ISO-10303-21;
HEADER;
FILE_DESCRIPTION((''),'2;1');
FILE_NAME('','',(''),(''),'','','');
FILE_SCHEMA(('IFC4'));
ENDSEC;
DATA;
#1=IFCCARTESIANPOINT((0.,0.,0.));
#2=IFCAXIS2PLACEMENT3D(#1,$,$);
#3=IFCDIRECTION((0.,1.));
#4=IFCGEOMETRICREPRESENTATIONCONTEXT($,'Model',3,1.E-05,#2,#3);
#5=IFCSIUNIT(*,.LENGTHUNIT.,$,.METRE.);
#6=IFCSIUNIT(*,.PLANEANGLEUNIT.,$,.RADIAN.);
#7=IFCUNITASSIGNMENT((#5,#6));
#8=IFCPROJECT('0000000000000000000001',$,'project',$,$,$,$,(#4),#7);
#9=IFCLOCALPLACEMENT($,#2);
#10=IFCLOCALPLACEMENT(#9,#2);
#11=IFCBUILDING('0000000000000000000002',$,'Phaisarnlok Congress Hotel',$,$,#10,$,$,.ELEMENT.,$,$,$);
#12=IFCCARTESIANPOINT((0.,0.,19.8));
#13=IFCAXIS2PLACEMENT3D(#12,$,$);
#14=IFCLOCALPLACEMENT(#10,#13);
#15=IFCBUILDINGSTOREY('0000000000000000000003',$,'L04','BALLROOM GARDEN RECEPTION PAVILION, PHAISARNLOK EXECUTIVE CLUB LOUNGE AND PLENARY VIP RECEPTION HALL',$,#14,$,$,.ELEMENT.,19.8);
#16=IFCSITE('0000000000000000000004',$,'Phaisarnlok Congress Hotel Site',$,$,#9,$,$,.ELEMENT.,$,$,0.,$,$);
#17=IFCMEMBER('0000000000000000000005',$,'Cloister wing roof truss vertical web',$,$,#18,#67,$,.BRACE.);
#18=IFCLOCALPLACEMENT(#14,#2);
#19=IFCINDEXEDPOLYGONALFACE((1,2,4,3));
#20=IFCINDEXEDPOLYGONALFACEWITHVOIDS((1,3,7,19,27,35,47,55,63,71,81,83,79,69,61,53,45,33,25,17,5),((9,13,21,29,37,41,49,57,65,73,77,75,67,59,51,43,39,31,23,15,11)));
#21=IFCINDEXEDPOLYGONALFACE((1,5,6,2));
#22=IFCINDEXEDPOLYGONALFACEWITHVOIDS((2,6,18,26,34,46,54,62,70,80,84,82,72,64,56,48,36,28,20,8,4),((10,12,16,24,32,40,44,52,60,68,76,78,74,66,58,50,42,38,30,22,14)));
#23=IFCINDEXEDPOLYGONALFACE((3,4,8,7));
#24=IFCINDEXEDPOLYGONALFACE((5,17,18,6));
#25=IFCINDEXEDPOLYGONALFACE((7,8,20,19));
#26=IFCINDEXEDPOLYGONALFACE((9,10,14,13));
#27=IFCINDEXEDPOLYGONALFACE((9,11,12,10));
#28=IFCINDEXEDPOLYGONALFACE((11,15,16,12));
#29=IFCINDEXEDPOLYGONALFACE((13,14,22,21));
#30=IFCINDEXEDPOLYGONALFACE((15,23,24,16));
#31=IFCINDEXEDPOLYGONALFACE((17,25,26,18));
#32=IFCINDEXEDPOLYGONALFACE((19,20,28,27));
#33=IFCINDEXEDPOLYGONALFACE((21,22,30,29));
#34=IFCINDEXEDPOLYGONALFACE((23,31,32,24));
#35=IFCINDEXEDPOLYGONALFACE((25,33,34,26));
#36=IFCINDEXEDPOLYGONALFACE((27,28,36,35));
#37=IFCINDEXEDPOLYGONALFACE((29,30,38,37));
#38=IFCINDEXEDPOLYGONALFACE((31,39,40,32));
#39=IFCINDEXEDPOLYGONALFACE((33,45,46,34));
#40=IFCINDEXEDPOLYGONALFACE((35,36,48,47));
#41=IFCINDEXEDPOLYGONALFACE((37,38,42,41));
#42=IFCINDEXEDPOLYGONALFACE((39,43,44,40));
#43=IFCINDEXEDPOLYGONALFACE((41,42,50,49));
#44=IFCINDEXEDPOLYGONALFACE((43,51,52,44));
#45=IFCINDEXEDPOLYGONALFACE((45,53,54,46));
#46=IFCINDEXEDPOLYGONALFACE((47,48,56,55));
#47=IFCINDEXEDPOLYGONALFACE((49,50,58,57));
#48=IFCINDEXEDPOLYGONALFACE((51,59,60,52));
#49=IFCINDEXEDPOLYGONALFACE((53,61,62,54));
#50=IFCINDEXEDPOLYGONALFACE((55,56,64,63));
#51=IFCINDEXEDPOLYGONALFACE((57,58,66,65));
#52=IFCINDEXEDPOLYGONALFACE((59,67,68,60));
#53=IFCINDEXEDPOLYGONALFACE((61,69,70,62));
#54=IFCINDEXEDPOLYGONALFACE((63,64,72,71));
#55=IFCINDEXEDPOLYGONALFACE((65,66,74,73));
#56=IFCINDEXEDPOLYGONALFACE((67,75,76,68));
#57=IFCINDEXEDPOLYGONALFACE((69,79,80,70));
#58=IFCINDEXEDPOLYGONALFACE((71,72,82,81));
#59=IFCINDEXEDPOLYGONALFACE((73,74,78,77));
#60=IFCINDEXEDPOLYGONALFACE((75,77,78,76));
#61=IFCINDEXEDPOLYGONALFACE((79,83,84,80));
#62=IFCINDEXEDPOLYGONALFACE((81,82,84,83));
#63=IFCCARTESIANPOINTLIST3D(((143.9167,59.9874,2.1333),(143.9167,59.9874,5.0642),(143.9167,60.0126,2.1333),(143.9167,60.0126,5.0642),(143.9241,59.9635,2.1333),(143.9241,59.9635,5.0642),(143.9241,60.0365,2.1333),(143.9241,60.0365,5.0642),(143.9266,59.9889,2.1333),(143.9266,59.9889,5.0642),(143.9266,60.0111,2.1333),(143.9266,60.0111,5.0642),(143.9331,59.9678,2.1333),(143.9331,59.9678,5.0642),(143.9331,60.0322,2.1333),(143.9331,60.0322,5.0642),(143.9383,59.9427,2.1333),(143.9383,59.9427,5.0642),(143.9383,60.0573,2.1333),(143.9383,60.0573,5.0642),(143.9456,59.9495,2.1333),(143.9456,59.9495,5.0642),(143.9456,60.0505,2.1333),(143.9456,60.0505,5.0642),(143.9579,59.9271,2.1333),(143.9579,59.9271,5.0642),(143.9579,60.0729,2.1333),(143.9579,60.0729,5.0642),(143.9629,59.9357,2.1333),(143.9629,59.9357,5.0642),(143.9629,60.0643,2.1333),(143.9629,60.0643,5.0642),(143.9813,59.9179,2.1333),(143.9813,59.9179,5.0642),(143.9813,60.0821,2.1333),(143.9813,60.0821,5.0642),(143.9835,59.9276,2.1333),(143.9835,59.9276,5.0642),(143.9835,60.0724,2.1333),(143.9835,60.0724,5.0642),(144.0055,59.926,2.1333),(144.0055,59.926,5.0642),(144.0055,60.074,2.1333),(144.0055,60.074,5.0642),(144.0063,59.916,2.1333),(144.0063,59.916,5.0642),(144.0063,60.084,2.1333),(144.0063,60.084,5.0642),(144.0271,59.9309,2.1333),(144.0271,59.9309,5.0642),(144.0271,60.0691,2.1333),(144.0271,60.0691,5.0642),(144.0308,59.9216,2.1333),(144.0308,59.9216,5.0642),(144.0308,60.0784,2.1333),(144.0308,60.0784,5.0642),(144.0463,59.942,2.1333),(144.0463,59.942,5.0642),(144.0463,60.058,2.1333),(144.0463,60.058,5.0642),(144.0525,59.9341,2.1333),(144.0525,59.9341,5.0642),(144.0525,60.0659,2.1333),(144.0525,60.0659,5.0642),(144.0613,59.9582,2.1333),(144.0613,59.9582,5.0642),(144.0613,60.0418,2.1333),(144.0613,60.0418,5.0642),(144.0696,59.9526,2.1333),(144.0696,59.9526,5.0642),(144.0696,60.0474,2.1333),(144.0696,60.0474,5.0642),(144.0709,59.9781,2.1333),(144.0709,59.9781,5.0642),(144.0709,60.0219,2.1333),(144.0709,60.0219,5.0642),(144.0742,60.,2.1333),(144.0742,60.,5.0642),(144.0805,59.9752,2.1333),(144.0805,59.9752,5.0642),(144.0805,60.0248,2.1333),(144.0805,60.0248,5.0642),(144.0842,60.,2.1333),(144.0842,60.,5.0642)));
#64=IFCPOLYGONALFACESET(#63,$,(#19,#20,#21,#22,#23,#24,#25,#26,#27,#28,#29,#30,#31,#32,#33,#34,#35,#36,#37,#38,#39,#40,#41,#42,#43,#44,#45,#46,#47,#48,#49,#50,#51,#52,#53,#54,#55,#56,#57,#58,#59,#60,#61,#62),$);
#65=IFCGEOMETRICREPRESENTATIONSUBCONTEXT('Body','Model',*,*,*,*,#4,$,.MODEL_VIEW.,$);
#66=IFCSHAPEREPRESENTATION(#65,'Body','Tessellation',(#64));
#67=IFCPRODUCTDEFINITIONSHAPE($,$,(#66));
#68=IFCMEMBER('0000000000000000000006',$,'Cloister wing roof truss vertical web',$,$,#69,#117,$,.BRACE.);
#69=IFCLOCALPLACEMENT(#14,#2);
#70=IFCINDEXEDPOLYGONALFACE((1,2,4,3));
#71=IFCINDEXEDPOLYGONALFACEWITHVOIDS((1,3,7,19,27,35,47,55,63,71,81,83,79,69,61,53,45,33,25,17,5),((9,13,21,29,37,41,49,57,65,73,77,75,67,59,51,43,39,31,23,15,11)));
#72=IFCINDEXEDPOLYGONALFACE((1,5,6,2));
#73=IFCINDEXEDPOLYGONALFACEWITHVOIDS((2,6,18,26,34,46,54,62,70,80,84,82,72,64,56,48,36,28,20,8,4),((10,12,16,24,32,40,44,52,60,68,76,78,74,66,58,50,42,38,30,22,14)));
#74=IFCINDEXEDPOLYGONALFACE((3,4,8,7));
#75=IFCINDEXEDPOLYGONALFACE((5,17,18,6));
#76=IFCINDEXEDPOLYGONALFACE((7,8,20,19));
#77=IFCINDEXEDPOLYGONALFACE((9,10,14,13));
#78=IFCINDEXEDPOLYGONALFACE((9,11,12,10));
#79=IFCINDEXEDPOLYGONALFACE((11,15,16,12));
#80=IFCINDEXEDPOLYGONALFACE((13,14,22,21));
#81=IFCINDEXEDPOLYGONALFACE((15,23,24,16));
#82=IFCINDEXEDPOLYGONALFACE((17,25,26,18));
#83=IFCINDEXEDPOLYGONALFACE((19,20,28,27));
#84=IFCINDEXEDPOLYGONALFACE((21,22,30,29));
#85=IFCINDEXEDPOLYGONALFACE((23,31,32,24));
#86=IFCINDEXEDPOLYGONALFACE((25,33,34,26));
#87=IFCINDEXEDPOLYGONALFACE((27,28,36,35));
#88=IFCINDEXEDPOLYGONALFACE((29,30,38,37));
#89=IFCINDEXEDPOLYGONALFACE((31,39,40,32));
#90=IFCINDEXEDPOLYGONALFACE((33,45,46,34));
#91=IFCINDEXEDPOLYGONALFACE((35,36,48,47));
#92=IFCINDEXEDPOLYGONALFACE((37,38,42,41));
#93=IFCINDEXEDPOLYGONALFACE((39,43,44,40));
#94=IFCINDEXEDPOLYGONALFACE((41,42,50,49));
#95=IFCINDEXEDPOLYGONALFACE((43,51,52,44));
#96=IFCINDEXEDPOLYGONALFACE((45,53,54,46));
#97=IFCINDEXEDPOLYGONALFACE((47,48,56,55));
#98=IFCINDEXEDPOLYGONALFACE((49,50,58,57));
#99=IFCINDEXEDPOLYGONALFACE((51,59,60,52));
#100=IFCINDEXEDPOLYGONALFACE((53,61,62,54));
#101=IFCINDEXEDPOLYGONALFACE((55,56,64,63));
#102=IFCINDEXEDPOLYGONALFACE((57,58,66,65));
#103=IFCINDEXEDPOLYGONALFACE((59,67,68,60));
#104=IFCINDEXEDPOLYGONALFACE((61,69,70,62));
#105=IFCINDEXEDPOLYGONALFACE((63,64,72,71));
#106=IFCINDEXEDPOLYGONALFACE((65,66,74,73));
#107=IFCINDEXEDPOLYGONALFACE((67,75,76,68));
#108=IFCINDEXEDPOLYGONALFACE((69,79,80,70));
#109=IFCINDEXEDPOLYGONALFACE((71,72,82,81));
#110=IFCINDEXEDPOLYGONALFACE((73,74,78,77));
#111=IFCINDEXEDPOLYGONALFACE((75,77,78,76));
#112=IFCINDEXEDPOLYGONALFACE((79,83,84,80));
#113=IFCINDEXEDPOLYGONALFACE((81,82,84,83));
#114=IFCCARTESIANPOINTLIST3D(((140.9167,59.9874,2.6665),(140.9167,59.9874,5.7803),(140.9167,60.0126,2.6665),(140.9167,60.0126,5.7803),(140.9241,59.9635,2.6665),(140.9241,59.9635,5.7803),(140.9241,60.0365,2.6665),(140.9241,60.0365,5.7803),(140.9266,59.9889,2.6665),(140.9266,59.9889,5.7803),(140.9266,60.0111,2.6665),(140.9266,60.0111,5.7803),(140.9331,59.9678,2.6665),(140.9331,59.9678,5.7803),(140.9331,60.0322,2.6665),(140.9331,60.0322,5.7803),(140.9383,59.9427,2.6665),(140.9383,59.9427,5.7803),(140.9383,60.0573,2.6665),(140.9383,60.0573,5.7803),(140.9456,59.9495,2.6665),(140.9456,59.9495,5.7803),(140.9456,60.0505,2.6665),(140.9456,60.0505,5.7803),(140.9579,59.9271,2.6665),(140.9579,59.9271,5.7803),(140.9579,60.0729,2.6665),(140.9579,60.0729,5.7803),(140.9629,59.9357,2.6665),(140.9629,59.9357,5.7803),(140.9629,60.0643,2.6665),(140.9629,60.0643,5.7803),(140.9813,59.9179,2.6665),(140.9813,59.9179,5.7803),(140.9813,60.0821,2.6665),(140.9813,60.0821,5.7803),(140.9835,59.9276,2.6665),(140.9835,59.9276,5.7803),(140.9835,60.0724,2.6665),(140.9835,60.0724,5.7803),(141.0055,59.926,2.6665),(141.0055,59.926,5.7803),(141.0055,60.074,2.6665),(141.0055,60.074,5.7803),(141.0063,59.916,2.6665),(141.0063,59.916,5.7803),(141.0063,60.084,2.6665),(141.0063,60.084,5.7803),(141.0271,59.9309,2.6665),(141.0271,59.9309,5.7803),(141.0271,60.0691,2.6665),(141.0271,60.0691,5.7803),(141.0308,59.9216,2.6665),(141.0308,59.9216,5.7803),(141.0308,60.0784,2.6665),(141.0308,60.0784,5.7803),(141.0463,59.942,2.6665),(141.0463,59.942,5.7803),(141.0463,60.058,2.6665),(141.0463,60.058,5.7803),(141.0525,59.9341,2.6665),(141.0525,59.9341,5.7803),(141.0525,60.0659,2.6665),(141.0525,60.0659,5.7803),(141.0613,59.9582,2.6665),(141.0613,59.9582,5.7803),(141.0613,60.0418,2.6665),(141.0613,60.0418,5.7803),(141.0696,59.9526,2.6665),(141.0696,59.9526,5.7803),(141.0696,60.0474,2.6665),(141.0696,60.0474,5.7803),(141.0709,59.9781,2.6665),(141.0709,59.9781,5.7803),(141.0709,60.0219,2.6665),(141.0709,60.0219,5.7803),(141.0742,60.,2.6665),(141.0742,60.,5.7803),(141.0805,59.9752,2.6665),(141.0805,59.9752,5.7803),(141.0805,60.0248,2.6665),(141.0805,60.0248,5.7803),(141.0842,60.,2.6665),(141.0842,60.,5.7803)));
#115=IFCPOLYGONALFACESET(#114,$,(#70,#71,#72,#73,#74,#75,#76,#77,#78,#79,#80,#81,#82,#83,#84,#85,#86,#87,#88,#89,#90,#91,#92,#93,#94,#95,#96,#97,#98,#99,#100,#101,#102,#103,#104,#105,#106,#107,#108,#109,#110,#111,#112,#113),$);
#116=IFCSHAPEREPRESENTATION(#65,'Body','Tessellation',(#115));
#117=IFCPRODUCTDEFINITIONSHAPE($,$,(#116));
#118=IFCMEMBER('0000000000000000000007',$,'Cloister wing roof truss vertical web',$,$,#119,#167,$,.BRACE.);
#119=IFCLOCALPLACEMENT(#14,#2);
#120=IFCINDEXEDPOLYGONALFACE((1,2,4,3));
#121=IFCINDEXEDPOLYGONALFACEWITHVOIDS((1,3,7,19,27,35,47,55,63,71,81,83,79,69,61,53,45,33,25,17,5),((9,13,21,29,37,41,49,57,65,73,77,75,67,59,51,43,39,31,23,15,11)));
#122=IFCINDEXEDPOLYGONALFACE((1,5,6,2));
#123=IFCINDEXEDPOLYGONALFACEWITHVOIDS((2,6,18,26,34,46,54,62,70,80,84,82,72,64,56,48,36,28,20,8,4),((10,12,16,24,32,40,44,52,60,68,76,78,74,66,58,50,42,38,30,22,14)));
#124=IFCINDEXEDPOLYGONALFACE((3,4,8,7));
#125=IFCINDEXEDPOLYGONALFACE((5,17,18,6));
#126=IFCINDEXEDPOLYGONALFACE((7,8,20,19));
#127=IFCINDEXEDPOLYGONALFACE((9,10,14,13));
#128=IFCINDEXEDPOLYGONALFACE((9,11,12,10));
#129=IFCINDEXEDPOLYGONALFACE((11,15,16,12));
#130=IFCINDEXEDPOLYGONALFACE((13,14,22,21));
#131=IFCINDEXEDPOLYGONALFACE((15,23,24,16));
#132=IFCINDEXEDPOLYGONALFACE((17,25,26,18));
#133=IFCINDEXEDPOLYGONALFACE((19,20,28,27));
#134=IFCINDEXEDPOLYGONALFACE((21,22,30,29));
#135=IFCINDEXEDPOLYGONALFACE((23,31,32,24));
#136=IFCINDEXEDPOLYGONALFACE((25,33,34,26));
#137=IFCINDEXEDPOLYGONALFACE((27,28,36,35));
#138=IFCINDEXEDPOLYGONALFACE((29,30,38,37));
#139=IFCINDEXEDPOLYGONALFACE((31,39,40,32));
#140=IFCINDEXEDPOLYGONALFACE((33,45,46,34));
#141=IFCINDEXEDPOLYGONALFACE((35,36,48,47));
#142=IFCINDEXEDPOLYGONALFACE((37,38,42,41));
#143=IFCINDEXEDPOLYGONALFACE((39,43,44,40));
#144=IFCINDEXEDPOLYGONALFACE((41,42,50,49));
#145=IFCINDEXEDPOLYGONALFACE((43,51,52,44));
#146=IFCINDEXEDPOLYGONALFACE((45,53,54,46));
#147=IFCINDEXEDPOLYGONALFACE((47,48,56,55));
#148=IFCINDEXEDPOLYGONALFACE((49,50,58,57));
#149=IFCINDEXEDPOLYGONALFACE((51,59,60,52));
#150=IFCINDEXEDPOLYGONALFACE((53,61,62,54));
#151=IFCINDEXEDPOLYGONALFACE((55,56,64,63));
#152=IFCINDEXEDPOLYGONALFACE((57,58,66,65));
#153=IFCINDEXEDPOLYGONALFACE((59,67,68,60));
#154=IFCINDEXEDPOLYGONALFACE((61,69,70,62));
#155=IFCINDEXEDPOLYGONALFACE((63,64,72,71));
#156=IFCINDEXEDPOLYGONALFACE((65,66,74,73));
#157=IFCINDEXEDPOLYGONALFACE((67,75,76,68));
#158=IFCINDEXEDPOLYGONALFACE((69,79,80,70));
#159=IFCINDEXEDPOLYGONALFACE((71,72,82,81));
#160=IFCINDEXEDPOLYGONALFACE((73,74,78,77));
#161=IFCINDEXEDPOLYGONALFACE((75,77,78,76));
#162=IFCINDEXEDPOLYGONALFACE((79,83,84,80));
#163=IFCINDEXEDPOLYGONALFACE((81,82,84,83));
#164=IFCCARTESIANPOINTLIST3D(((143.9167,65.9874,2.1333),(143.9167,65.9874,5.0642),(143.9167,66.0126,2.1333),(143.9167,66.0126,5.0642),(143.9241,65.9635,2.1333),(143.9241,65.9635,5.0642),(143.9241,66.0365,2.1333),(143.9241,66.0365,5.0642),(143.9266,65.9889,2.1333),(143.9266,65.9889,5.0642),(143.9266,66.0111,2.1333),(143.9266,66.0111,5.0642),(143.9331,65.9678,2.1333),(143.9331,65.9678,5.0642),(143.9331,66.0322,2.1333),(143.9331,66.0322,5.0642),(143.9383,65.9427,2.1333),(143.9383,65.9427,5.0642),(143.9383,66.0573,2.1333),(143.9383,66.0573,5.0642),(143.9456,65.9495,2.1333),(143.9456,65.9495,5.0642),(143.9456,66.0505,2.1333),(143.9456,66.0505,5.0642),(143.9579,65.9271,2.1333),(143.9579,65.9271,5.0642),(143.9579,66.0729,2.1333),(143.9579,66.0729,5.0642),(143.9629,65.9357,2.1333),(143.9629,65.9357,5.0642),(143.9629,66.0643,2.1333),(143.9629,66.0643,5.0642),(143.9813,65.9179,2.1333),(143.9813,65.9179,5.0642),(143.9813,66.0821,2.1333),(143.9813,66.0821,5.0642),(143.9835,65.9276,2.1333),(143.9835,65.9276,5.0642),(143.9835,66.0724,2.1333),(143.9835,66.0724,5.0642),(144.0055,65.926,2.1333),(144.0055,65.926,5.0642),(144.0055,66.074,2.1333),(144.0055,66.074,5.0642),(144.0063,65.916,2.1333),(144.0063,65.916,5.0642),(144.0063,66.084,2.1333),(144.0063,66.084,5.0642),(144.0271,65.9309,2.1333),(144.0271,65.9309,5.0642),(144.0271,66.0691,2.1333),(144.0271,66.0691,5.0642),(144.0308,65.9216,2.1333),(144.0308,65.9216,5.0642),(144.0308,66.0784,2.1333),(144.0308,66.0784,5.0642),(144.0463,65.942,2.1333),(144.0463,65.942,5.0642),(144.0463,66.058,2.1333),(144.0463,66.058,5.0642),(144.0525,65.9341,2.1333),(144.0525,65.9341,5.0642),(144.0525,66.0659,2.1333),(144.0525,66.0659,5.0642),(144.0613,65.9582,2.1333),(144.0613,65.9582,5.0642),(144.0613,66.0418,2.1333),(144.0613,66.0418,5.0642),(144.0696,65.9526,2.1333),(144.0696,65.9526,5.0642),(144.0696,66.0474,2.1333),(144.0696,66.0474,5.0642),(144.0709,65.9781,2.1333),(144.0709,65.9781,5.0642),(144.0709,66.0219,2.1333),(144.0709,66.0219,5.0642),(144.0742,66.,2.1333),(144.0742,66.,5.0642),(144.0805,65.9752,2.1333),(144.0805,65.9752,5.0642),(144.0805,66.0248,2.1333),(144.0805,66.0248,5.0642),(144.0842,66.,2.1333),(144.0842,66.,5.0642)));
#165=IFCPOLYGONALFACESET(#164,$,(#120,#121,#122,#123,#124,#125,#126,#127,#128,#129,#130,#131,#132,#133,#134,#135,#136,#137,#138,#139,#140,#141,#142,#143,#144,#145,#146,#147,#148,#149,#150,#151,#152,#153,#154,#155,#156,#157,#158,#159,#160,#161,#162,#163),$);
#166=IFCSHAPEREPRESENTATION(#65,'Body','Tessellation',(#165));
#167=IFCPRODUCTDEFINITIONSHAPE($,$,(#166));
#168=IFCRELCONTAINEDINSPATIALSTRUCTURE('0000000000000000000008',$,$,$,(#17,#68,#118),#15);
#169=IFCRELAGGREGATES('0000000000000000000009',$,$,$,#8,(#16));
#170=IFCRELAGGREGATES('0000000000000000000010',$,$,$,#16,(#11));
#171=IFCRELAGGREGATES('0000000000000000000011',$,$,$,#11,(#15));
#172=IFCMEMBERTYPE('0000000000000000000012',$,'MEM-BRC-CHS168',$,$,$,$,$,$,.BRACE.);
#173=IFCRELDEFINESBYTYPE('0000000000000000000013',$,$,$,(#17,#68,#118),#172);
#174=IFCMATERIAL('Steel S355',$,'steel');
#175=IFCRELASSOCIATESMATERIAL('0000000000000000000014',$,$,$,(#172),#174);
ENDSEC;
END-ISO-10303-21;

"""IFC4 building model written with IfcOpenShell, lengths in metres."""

from ifc_helpers import new_model, si_unit, direction, frame, origin, origin_2d, place, context, subcontext, project, spatial, hollow_circle, extrude, material, material_profile, profile_set, type_object, element, save


model = new_model("IFC4")

# Units and contexts
model_context = context("Model", 3, precision=1e-05, world=origin(), true_north=direction((0.0, 1.0)))
body_context = subcontext(model_context, "Body", "Model", "MODEL_VIEW")
ifc_project = project(units=[si_unit("LENGTHUNIT", "METRE"), si_unit("PLANEANGLEUNIT", "RADIAN")], contexts=[model_context])

# Site, building, storey
site_placement = place(None, origin())
site = spatial("IfcSite", under=ifc_project, at=site_placement, Name="Phaisarnlok Congress Hotel Site", CompositionType="ELEMENT", RefElevation=0.0)
building_placement = place(site_placement, origin())
building = spatial("IfcBuilding", under=site, at=building_placement, Name="Phaisarnlok Congress Hotel", CompositionType="ELEMENT")
storey_placement = place(building_placement, frame((0.0, 0.0, 19.8)))
storey = spatial("IfcBuildingStorey", under=building, at=storey_placement, Name="L04", Description="BALLROOM GARDEN RECEPTION PAVILION, PHAISARNLOK EXECUTIVE CLUB LOUNGE AND PLENARY VIP RECEPTION HALL", CompositionType="ELEMENT", Elevation=19.8)

# Shared definitions
ifc_material = material(Name="Steel S355", Category="steel")

# Members
ifc_material_profile_1 = material_profile(ifc_material, hollow_circle(Radius=0.0842, WallThickness=0.01, at=origin_2d()), Name="CHS 168.3x10")
ifc_profile_set_1 = profile_set([ifc_material_profile_1], Name="Steel S355")
member_type_1 = type_object("IfcMemberType", Name="MEM-BRC-CHS168", PredefinedType="BRACE", material=ifc_profile_set_1)
member_1_placement = place(storey_placement, frame((144.0, 60.0, 2.1333), z_axis=(0.0, 0.0, 1.0), x_axis=(1.0, 0.0, 0.0)))
element("IfcMember", 1, at=member_1_placement, inside=storey, type_object=member_type_1, Name="Cloister wing roof truss vertical web", PredefinedType="BRACE", context=body_context, shape_type="SweptSolid", body=[
    extrude(hollow_circle(Radius=0.0842, WallThickness=0.01, at=origin_2d()), origin(), (0.0, 0.0, 1.0), 2.9309),
])
member_2_placement = place(storey_placement, frame((141.0, 60.0, 2.6665), z_axis=(0.0, 0.0, 1.0), x_axis=(1.0, 0.0, 0.0)))
element("IfcMember", 2, at=member_2_placement, inside=storey, type_object=member_type_1, Name="Cloister wing roof truss vertical web", PredefinedType="BRACE", context=body_context, shape_type="SweptSolid", body=[
    extrude(hollow_circle(Radius=0.0842, WallThickness=0.01, at=origin_2d()), origin(), (0.0, 0.0, 1.0), 3.1138),
])
member_3_placement = place(storey_placement, frame((144.0, 66.0, 2.1333), z_axis=(0.0, 0.0, 1.0), x_axis=(1.0, 0.0, 0.0)))
element("IfcMember", 3, at=member_3_placement, inside=storey, type_object=member_type_1, Name="Cloister wing roof truss vertical web", PredefinedType="BRACE", context=body_context, shape_type="SweptSolid", body=[
    extrude(hollow_circle(Radius=0.0842, WallThickness=0.01, at=origin_2d()), origin(), (0.0, 0.0, 1.0), 2.9309),
])

save(model, "model.ifc")
